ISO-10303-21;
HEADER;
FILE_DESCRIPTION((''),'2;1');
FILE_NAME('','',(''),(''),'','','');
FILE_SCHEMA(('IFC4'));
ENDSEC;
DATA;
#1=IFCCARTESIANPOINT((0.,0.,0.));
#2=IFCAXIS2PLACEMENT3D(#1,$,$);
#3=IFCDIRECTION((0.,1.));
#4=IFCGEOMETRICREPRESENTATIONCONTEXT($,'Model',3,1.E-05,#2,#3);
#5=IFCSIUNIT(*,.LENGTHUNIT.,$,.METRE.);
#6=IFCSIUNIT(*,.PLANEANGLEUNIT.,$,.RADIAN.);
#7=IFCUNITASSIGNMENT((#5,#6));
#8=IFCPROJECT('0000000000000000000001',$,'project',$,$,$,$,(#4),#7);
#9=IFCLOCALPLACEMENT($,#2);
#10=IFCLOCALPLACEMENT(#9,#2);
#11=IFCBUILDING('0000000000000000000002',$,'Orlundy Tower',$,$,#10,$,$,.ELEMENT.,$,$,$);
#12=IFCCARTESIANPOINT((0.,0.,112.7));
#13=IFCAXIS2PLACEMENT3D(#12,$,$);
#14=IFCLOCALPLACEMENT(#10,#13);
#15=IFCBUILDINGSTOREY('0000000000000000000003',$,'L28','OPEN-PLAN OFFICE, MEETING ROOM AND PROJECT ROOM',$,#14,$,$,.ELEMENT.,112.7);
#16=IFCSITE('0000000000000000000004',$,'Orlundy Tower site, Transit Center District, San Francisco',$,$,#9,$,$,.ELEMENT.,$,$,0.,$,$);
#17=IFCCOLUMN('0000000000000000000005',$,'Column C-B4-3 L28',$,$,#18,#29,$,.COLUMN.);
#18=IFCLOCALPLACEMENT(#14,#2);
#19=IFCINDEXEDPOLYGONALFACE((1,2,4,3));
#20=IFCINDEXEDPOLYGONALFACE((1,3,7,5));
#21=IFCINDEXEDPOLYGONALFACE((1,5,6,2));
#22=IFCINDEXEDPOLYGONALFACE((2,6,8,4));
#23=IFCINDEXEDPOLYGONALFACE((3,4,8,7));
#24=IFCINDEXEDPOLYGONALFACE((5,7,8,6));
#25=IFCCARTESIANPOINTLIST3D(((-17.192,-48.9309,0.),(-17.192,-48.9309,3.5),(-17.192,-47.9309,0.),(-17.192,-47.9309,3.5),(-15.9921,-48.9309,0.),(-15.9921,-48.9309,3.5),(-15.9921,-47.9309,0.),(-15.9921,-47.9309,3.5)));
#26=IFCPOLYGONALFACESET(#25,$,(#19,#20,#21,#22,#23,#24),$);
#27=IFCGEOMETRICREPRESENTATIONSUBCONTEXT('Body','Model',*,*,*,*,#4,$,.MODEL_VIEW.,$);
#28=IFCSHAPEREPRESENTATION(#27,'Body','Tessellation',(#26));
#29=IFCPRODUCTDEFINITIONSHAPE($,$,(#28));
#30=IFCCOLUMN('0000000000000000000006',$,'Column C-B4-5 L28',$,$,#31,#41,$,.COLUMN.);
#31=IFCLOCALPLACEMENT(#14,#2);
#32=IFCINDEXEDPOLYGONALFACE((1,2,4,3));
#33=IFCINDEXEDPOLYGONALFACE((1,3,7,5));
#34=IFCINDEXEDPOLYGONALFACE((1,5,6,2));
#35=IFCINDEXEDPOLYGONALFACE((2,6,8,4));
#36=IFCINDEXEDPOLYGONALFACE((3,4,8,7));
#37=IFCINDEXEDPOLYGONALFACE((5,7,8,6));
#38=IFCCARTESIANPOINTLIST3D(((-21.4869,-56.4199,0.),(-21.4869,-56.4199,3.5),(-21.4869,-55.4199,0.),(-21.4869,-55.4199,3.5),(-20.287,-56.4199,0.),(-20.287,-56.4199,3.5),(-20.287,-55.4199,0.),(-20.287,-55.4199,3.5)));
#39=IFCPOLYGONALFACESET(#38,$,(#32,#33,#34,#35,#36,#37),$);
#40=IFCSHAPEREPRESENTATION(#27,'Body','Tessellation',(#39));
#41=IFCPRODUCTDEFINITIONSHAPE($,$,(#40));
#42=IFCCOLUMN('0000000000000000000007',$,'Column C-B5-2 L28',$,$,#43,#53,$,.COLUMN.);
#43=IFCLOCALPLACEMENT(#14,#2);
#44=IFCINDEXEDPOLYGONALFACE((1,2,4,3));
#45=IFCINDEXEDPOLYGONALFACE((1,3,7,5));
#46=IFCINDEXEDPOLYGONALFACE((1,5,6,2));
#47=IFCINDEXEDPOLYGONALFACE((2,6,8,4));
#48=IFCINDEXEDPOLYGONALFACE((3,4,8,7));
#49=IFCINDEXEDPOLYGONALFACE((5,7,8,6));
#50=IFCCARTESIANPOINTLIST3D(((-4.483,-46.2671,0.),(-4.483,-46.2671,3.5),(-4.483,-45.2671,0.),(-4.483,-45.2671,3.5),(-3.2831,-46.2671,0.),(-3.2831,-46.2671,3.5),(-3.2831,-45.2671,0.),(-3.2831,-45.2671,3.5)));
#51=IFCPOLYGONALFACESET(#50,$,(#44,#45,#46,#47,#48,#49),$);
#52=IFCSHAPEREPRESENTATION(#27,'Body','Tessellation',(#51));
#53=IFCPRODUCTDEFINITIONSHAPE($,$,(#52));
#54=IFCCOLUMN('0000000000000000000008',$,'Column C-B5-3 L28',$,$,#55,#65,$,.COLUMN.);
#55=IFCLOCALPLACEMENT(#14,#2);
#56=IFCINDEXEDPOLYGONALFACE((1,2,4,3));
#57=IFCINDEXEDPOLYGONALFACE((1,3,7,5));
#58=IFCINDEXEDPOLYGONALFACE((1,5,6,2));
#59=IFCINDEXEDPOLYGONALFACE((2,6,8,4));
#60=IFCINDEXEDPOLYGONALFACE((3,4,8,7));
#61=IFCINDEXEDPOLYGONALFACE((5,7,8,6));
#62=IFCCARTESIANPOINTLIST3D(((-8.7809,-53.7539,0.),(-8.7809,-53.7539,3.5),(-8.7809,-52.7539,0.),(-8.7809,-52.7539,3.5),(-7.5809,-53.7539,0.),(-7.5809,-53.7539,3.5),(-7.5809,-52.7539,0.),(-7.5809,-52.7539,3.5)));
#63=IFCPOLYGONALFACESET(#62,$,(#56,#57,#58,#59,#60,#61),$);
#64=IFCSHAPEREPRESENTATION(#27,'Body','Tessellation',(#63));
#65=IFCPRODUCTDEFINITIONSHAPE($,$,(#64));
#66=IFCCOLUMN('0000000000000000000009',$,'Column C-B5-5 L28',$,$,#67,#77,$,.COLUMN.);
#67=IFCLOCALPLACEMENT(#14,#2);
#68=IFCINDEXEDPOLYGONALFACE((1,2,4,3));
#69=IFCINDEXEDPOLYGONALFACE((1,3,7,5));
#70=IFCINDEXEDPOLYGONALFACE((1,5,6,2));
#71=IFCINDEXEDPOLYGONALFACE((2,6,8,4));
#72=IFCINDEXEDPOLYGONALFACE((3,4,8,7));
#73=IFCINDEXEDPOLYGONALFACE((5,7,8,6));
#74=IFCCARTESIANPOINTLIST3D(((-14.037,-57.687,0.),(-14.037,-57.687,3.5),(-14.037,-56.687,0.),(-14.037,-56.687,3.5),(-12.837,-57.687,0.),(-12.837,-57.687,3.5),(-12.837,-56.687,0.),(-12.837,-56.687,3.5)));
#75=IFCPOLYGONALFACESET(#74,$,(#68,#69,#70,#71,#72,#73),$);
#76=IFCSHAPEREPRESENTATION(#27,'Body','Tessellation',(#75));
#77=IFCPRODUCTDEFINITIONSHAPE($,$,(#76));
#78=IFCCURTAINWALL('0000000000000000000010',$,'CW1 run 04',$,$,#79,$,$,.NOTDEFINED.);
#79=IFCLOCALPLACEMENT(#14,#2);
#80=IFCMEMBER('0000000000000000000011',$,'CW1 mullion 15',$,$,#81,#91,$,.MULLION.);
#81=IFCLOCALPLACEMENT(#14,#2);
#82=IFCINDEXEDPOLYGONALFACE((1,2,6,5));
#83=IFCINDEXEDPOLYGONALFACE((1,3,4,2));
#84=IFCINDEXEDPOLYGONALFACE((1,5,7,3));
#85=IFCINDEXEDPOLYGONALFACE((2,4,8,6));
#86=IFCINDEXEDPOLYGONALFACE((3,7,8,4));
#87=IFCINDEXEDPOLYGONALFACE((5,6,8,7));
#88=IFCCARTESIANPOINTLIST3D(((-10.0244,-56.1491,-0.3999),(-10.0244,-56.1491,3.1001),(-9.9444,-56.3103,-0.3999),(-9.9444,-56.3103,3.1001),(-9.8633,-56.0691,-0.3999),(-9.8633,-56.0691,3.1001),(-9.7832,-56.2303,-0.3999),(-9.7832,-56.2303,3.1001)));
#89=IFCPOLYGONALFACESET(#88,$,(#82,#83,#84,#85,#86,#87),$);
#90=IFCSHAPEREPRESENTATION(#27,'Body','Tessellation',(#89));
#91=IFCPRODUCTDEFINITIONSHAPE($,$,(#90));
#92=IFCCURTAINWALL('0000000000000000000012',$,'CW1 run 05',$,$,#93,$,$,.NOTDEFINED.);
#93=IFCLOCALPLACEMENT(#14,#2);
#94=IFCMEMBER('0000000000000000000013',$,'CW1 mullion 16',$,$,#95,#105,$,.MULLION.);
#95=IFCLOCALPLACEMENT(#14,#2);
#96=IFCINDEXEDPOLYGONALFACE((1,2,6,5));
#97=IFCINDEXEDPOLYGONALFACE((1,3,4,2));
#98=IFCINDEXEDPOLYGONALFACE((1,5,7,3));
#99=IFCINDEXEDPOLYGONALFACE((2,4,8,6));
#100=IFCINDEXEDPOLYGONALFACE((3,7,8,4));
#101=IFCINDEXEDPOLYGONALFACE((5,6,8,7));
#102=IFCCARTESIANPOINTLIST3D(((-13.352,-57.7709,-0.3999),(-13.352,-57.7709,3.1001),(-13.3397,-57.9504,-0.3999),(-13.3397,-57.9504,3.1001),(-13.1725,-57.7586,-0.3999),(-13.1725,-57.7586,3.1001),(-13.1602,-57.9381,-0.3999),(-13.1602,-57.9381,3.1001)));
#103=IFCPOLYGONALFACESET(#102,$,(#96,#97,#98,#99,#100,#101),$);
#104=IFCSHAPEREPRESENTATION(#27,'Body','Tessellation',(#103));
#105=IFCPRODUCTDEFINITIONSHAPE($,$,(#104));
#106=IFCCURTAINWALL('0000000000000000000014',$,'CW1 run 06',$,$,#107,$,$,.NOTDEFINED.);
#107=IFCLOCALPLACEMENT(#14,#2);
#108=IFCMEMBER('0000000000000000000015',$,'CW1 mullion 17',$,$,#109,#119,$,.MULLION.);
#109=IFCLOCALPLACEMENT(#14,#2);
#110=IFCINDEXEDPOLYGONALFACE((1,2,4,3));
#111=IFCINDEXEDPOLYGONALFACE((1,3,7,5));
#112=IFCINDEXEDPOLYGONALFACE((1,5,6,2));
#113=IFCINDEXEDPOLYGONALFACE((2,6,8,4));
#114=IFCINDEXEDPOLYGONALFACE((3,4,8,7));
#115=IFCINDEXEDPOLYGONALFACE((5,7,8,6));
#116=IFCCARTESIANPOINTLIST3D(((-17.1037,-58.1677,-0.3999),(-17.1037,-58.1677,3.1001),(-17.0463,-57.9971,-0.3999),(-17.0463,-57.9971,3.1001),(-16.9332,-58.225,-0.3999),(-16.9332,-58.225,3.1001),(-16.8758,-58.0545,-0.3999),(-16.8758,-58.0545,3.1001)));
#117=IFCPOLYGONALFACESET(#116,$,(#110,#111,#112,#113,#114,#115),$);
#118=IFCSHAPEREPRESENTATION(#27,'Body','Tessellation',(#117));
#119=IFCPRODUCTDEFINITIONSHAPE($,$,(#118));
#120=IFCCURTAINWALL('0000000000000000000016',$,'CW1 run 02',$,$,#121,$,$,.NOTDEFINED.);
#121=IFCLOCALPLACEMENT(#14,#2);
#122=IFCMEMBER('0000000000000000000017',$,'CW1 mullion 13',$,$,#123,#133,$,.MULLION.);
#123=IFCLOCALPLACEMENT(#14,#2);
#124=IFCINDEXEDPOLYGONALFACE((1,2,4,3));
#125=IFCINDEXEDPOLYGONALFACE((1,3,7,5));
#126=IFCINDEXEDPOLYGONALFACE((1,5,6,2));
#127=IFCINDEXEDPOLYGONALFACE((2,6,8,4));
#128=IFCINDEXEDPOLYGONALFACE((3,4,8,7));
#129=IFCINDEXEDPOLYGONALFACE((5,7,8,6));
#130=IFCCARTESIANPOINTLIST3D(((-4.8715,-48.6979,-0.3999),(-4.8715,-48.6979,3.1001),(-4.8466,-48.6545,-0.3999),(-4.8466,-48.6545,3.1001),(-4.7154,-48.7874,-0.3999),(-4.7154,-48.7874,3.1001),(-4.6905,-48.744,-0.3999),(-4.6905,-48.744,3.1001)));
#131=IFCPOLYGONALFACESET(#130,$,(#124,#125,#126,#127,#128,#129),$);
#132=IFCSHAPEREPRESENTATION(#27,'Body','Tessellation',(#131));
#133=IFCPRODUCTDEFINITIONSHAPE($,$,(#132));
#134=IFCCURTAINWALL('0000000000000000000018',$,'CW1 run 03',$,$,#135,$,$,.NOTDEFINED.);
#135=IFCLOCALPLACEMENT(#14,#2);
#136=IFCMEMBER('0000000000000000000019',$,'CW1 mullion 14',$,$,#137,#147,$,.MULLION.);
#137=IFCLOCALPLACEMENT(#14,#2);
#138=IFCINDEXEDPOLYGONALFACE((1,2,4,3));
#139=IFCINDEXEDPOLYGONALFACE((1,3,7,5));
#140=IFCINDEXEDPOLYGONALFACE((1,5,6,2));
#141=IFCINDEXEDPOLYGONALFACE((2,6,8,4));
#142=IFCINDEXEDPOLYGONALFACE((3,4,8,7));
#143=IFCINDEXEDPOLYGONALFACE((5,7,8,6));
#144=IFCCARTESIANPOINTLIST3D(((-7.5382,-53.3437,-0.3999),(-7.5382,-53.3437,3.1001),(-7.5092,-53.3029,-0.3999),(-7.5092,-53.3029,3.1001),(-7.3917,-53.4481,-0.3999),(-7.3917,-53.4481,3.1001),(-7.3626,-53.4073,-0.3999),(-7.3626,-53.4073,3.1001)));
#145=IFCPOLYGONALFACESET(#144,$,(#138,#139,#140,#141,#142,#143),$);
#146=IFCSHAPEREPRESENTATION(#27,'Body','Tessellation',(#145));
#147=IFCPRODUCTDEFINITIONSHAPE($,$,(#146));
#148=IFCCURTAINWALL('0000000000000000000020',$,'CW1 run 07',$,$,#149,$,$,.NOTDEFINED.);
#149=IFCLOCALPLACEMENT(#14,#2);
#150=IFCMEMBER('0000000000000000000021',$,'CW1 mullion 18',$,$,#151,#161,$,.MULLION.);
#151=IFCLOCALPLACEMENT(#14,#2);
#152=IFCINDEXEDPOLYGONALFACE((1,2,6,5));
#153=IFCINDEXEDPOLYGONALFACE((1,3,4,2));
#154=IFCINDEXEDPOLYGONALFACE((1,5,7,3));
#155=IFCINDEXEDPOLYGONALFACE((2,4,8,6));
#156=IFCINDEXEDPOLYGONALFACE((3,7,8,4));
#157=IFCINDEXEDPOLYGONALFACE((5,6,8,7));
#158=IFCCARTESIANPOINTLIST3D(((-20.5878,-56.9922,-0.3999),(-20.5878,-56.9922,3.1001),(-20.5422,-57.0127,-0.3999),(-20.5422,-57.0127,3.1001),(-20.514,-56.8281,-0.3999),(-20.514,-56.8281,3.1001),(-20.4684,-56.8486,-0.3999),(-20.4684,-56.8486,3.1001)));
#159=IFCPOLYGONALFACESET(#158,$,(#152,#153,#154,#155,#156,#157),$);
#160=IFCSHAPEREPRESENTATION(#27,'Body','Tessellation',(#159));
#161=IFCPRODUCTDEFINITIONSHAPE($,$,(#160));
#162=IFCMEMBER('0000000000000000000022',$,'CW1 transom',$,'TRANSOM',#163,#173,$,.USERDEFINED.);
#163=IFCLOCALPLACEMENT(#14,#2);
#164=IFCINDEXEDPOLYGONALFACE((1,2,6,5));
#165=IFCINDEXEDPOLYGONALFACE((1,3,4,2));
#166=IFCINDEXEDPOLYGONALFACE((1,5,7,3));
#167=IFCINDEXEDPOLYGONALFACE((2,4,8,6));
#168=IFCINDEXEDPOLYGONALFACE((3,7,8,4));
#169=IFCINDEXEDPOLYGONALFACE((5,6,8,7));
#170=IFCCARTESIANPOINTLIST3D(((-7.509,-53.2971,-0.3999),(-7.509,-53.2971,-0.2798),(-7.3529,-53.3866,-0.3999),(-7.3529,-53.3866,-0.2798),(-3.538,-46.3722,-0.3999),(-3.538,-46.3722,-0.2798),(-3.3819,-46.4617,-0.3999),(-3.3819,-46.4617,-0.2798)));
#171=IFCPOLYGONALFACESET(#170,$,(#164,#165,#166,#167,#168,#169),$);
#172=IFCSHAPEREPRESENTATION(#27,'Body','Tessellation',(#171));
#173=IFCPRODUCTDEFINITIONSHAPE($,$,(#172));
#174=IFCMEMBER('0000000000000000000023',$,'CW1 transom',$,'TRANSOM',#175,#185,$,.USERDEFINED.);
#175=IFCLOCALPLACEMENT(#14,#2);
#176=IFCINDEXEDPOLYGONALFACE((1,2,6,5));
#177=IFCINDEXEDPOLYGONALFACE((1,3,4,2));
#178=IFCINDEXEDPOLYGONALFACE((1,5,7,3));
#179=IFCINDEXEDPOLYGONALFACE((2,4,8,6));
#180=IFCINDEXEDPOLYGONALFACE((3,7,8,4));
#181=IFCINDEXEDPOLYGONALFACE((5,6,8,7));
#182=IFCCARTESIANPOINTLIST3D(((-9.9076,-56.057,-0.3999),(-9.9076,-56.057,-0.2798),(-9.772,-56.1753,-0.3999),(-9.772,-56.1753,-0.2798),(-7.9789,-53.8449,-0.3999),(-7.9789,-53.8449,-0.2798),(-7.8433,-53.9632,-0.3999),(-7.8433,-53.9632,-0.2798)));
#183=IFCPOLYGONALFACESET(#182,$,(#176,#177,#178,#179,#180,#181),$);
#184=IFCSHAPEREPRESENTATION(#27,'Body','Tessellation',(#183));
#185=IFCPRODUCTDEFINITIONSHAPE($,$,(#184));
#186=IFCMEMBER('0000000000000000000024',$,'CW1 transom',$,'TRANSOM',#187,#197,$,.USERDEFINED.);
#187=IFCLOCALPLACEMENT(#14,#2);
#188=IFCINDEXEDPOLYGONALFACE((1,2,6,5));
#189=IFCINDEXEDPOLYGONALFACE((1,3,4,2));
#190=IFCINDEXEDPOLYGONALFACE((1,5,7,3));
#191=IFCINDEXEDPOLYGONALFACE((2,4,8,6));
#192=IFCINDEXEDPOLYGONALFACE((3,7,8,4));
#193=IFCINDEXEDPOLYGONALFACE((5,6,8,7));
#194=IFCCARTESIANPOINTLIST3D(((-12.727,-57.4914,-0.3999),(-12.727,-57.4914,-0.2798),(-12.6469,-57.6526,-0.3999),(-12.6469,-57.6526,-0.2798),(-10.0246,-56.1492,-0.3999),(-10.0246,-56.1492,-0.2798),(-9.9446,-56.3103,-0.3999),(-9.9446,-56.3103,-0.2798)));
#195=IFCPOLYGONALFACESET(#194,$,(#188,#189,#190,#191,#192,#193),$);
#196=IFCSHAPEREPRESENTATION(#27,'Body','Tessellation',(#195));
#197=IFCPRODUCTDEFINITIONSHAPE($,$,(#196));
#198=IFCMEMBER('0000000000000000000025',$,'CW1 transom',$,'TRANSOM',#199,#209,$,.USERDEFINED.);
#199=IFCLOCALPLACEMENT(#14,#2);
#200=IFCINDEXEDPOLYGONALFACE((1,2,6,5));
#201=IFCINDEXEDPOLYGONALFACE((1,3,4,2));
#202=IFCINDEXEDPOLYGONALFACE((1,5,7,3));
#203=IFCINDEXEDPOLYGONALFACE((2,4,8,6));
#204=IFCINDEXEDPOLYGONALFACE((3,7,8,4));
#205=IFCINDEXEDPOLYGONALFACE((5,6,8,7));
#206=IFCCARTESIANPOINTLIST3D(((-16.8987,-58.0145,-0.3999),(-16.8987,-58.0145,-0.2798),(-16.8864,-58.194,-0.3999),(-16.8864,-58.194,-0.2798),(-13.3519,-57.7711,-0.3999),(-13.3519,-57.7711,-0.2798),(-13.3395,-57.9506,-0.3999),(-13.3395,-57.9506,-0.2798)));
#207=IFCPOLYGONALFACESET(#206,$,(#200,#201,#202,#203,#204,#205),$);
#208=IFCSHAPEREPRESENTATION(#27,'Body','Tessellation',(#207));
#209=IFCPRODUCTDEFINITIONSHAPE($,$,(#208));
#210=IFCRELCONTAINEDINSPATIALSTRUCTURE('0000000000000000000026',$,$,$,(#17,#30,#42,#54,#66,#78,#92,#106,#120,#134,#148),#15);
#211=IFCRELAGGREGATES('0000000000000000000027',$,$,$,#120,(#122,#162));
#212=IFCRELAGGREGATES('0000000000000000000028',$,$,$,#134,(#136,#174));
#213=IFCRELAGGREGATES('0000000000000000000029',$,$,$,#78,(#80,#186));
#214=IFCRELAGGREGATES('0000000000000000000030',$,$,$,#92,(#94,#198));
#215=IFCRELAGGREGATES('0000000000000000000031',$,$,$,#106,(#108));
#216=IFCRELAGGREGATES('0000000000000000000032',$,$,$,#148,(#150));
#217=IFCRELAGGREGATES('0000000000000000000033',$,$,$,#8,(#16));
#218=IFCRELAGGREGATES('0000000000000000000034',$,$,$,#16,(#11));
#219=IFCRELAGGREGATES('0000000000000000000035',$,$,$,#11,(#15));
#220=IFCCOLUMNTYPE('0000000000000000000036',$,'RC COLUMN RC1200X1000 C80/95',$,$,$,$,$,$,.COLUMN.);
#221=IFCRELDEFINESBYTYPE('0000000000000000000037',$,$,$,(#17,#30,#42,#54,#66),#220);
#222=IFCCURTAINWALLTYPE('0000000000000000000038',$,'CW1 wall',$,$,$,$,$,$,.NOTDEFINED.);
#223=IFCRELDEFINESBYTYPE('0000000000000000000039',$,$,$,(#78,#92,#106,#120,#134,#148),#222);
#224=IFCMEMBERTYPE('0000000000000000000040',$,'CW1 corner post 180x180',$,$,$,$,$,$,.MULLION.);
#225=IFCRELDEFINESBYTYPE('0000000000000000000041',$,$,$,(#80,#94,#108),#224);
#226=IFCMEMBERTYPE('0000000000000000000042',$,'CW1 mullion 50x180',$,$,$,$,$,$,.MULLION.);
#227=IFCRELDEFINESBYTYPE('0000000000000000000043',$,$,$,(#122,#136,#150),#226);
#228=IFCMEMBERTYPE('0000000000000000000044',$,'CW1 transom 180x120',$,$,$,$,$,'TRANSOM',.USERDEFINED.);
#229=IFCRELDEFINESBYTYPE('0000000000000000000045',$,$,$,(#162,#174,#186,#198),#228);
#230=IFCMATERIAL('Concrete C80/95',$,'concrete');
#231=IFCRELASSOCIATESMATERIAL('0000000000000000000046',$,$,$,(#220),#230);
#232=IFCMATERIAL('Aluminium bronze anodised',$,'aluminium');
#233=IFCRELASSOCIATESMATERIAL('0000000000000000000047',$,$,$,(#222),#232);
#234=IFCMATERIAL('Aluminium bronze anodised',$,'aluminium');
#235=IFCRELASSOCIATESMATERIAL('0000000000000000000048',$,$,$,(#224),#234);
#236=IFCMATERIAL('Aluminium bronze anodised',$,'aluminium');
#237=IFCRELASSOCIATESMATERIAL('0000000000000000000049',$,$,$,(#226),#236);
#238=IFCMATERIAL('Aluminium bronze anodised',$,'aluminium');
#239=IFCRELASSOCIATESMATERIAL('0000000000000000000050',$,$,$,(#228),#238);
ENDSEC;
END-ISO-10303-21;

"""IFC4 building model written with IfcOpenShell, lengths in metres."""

from ifc_helpers import new_model, si_unit, direction, frame, origin, origin_2d, place, context, subcontext, project, spatial, rectangle, extrude, material, material_profile, profile_set, type_object, element, aggregate, save


model = new_model("IFC4")

# Units and contexts
model_context = context("Model", 3, precision=1e-05, world=origin(), true_north=direction((0.0, 1.0)))
body_context = subcontext(model_context, "Body", "Model", "MODEL_VIEW")
ifc_project = project(units=[si_unit("LENGTHUNIT", "METRE"), si_unit("PLANEANGLEUNIT", "RADIAN")], contexts=[model_context])

# Site, building, storey
site_placement = place(None, origin())
site = spatial("IfcSite", under=ifc_project, at=site_placement, Name="Orlundy Tower site, Transit Center District, San Francisco", CompositionType="ELEMENT", RefElevation=0.0)
building_placement = place(site_placement, origin())
building = spatial("IfcBuilding", under=site, at=building_placement, Name="Orlundy Tower", CompositionType="ELEMENT")
storey_placement = place(building_placement, frame((0.0, 0.0, 112.7)))
storey = spatial("IfcBuildingStorey", under=building, at=storey_placement, Name="L28", Description="OPEN-PLAN OFFICE, MEETING ROOM AND PROJECT ROOM", CompositionType="ELEMENT", Elevation=112.7)

# Columns
ifc_material_1 = material(Name="Concrete C80/95", Category="concrete")
ifc_material_profile_1 = material_profile(ifc_material_1, rectangle(XDim=1.2, YDim=1.0, at=origin_2d()), Name="RC1200X1000")
ifc_profile_set_1 = profile_set([ifc_material_profile_1], Name="Concrete C80/95")
column_type = type_object("IfcColumnType", Name="RC COLUMN RC1200X1000 C80/95", PredefinedType="COLUMN", material=ifc_profile_set_1)
for number, where, z_axis, x_axis, name in (
    (1, (-16.592, -48.4309, 0.0), (0.0, 0.0, 1.0), (1.0, 0.0, 0.0), "Column C-B4-3 L28"),
    (2, (-20.887, -55.9199, 0.0), (0.0, 0.0, 1.0), (1.0, 0.0, 0.0), "Column C-B4-5 L28"),
    (3, (-3.8831, -45.7671, 0.0), (0.0, 0.0, 1.0), (1.0, 0.0, 0.0), "Column C-B5-2 L28"),
    (4, (-8.1809, -53.2539, 0.0), (0.0, 0.0, 1.0), (1.0, 0.0, 0.0), "Column C-B5-3 L28"),
    (5, (-13.437, -57.187, 0.0), (0.0, 0.0, 1.0), (1.0, 0.0, 0.0), "Column C-B5-5 L28"),
):
    element("IfcColumn", number, at=place(storey_placement, frame(where, z_axis=z_axis, x_axis=x_axis)), inside=storey, type_object=column_type, Name=name, PredefinedType="COLUMN", context=body_context, shape_type="SweptSolid", body=[
        extrude(rectangle(XDim=1.2, YDim=1.0, at=origin_2d()), origin(), (0.0, 0.0, 1.0), 3.5),
    ])

# Curtain walls, members
ifc_material_2 = material(Name="Aluminium bronze anodised", Category="aluminium")
curtain_wall_type = type_object("IfcCurtainWallType", Name="CW1 wall", PredefinedType="NOTDEFINED", material=ifc_material_2)
curtain_wall_1_placement = place(storey_placement, origin())
curtain_wall_1 = element("IfcCurtainWall", 6, at=curtain_wall_1_placement, inside=storey, type_object=curtain_wall_type, Name="CW1 run 04", PredefinedType="NOTDEFINED")
ifc_material_3 = material(Name="Aluminium bronze anodised", Category="aluminium")
ifc_material_profile_2 = material_profile(ifc_material_3, rectangle(XDim=0.1799, YDim=0.1799, at=origin_2d()), Name="CW1 corner post 180x180")
ifc_profile_set_2 = profile_set([ifc_material_profile_2], Name="Aluminium bronze anodised")
member_type_1 = type_object("IfcMemberType", Name="CW1 corner post 180x180", PredefinedType="MULLION", material=ifc_profile_set_2)
member_1_placement = place(storey_placement, frame((-9.9038, -56.1897, -0.3999), z_axis=(0.0, 0.0, 1.0), x_axis=(0.444838, -0.895611, 0.0)))
member_1 = element("IfcMember", 7, at=member_1_placement, type_object=member_type_1, Name="CW1 mullion 15", PredefinedType="MULLION", context=body_context, shape_type="SweptSolid", body=[
    extrude(rectangle(XDim=0.1799, YDim=0.1799, at=origin_2d()), origin(), (0.0, 0.0, 1.0), 3.5),
])
curtain_wall_2_placement = place(storey_placement, origin())
curtain_wall_2 = element("IfcCurtainWall", 8, at=curtain_wall_2_placement, inside=storey, type_object=curtain_wall_type, Name="CW1 run 05", PredefinedType="NOTDEFINED")
member_2_placement = place(storey_placement, frame((-13.2561, -57.8545, -0.3999), z_axis=(0.0, 0.0, 1.0), x_axis=(0.068524, -0.997649, 0.0)))
member_2 = element("IfcMember", 9, at=member_2_placement, type_object=member_type_1, Name="CW1 mullion 16", PredefinedType="MULLION", context=body_context, shape_type="SweptSolid", body=[
    extrude(rectangle(XDim=0.1799, YDim=0.1799, at=origin_2d()), origin(), (0.0, 0.0, 1.0), 3.5),
])
curtain_wall_3_placement = place(storey_placement, origin())
curtain_wall_3 = element("IfcCurtainWall", 10, at=curtain_wall_3_placement, inside=storey, type_object=curtain_wall_type, Name="CW1 run 06", PredefinedType="NOTDEFINED")
member_3_placement = place(storey_placement, frame((-16.9897, -58.1111, -0.3999), z_axis=(0.0, 0.0, 1.0), x_axis=(-0.318897, -0.947789, 0.0)))
member_3 = element("IfcMember", 11, at=member_3_placement, type_object=member_type_1, Name="CW1 mullion 17", PredefinedType="MULLION", context=body_context, shape_type="SweptSolid", body=[
    extrude(rectangle(XDim=0.1799, YDim=0.1799, at=origin_2d()), origin(), (0.0, 0.0, 1.0), 3.5),
])
curtain_wall_4_placement = place(storey_placement, origin())
curtain_wall_4 = element("IfcCurtainWall", 12, at=curtain_wall_4_placement, inside=storey, type_object=curtain_wall_type, Name="CW1 run 02", PredefinedType="NOTDEFINED")
ifc_material_4 = material(Name="Aluminium bronze anodised", Category="aluminium")
ifc_material_profile_3 = material_profile(ifc_material_4, rectangle(XDim=0.1799, YDim=0.05, at=origin_2d()), Name="CW1 mullion 50x180")
ifc_profile_set_3 = profile_set([ifc_material_profile_3], Name="Aluminium bronze anodised")
member_type_2 = type_object("IfcMemberType", Name="CW1 mullion 50x180", PredefinedType="MULLION", material=ifc_profile_set_3)
member_4_placement = place(storey_placement, frame((-4.781, -48.7209, -0.3999), z_axis=(0.0, 0.0, 1.0), x_axis=(0.867479, -0.497473, 0.0)))
member_4 = element("IfcMember", 13, at=member_4_placement, type_object=member_type_2, Name="CW1 mullion 13", PredefinedType="MULLION", context=body_context, shape_type="SweptSolid", body=[
    extrude(rectangle(XDim=0.1799, YDim=0.05, at=origin_2d()), origin(), (0.0, 0.0, 1.0), 3.5),
])
curtain_wall_5_placement = place(storey_placement, origin())
curtain_wall_5 = element("IfcCurtainWall", 14, at=curtain_wall_5_placement, inside=storey, type_object=curtain_wall_type, Name="CW1 run 03", PredefinedType="NOTDEFINED")
member_5_placement = place(storey_placement, frame((-7.4504, -53.3755, -0.3999), z_axis=(0.0, 0.0, 1.0), x_axis=(0.814535, -0.580114, 0.0)))
member_5 = element("IfcMember", 15, at=member_5_placement, type_object=member_type_2, Name="CW1 mullion 14", PredefinedType="MULLION", context=body_context, shape_type="SweptSolid", body=[
    extrude(rectangle(XDim=0.1799, YDim=0.05, at=origin_2d()), origin(), (0.0, 0.0, 1.0), 3.5),
])
curtain_wall_6_placement = place(storey_placement, origin())
curtain_wall_6 = element("IfcCurtainWall", 16, at=curtain_wall_6_placement, inside=storey, type_object=curtain_wall_type, Name="CW1 run 07", PredefinedType="NOTDEFINED")
member_6_placement = place(storey_placement, frame((-20.5281, -56.9204, -0.3999), z_axis=(0.0, 0.0, 1.0), x_axis=(-0.410158, -0.912015, 0.0)))
member_6 = element("IfcMember", 17, at=member_6_placement, type_object=member_type_2, Name="CW1 mullion 18", PredefinedType="MULLION", context=body_context, shape_type="SweptSolid", body=[
    extrude(rectangle(XDim=0.1799, YDim=0.05, at=origin_2d()), origin(), (0.0, 0.0, 1.0), 3.5),
])

# Members
ifc_material_5 = material(Name="Aluminium bronze anodised", Category="aluminium")
ifc_material_profile_4 = material_profile(ifc_material_5, rectangle(XDim=0.1799, YDim=0.1201, at=origin_2d()), Name="CW1 transom 180x120")
ifc_profile_set_4 = profile_set([ifc_material_profile_4], Name="Aluminium bronze anodised")
member_type_3 = type_object("IfcMemberType", Name="CW1 transom 180x120", ElementType="TRANSOM", PredefinedType="USERDEFINED", material=ifc_profile_set_4)
member_7_placement = place(storey_placement, frame((-3.46, -46.417, -0.3398), z_axis=(-0.497453, -0.867491, 0.0), x_axis=(0.867491, -0.497453, 0.0)))
member_7 = element("IfcMember", 18, at=member_7_placement, type_object=member_type_3, Name="CW1 transom", ObjectType="TRANSOM", PredefinedType="USERDEFINED", context=body_context, shape_type="SweptSolid", body=[
    extrude(rectangle(XDim=0.1799, YDim=0.1201, at=origin_2d()), origin(), (0.0, 0.0, 1.0), 7.9827),
])
member_8_placement = place(storey_placement, frame((-7.9111, -53.9041, -0.3398), z_axis=(-0.657167, -0.753745, 0.0), x_axis=(0.753745, -0.657167, 0.0)))
member_8 = element("IfcMember", 19, at=member_8_placement, type_object=member_type_3, Name="CW1 transom", ObjectType="TRANSOM", PredefinedType="USERDEFINED", context=body_context, shape_type="SweptSolid", body=[
    extrude(rectangle(XDim=0.1799, YDim=0.1201, at=origin_2d()), origin(), (0.0, 0.0, 1.0), 2.9348),
])
member_9_placement = place(storey_placement, frame((-9.9846, -56.2297, -0.3398), z_axis=(-0.895605, -0.444849, 0.0), x_axis=(0.444849, -0.895605, 0.0)))
member_9 = element("IfcMember", 20, at=member_9_placement, type_object=member_type_3, Name="CW1 transom", ObjectType="TRANSOM", PredefinedType="USERDEFINED", context=body_context, shape_type="SweptSolid", body=[
    extrude(rectangle(XDim=0.1799, YDim=0.1201, at=origin_2d()), origin(), (0.0, 0.0, 1.0), 3.0173),
])
member_10_placement = place(storey_placement, frame((-13.3457, -57.8608, -0.3398), z_axis=(-0.997654, -0.068465, 0.0), x_axis=(0.068465, -0.997654, 0.0)))
member_10 = element("IfcMember", 21, at=member_10_placement, type_object=member_type_3, Name="CW1 transom", ObjectType="TRANSOM", PredefinedType="USERDEFINED", context=body_context, shape_type="SweptSolid", body=[
    extrude(rectangle(XDim=0.1799, YDim=0.1201, at=origin_2d()), origin(), (0.0, 0.0, 1.0), 3.5552),
])

aggregate(curtain_wall_4, [member_4, member_7])
aggregate(curtain_wall_5, [member_5, member_8])
aggregate(curtain_wall_1, [member_1, member_9])
aggregate(curtain_wall_2, [member_2, member_10])
aggregate(curtain_wall_3, [member_3])
aggregate(curtain_wall_6, [member_6])

save(model, "model.ifc")
